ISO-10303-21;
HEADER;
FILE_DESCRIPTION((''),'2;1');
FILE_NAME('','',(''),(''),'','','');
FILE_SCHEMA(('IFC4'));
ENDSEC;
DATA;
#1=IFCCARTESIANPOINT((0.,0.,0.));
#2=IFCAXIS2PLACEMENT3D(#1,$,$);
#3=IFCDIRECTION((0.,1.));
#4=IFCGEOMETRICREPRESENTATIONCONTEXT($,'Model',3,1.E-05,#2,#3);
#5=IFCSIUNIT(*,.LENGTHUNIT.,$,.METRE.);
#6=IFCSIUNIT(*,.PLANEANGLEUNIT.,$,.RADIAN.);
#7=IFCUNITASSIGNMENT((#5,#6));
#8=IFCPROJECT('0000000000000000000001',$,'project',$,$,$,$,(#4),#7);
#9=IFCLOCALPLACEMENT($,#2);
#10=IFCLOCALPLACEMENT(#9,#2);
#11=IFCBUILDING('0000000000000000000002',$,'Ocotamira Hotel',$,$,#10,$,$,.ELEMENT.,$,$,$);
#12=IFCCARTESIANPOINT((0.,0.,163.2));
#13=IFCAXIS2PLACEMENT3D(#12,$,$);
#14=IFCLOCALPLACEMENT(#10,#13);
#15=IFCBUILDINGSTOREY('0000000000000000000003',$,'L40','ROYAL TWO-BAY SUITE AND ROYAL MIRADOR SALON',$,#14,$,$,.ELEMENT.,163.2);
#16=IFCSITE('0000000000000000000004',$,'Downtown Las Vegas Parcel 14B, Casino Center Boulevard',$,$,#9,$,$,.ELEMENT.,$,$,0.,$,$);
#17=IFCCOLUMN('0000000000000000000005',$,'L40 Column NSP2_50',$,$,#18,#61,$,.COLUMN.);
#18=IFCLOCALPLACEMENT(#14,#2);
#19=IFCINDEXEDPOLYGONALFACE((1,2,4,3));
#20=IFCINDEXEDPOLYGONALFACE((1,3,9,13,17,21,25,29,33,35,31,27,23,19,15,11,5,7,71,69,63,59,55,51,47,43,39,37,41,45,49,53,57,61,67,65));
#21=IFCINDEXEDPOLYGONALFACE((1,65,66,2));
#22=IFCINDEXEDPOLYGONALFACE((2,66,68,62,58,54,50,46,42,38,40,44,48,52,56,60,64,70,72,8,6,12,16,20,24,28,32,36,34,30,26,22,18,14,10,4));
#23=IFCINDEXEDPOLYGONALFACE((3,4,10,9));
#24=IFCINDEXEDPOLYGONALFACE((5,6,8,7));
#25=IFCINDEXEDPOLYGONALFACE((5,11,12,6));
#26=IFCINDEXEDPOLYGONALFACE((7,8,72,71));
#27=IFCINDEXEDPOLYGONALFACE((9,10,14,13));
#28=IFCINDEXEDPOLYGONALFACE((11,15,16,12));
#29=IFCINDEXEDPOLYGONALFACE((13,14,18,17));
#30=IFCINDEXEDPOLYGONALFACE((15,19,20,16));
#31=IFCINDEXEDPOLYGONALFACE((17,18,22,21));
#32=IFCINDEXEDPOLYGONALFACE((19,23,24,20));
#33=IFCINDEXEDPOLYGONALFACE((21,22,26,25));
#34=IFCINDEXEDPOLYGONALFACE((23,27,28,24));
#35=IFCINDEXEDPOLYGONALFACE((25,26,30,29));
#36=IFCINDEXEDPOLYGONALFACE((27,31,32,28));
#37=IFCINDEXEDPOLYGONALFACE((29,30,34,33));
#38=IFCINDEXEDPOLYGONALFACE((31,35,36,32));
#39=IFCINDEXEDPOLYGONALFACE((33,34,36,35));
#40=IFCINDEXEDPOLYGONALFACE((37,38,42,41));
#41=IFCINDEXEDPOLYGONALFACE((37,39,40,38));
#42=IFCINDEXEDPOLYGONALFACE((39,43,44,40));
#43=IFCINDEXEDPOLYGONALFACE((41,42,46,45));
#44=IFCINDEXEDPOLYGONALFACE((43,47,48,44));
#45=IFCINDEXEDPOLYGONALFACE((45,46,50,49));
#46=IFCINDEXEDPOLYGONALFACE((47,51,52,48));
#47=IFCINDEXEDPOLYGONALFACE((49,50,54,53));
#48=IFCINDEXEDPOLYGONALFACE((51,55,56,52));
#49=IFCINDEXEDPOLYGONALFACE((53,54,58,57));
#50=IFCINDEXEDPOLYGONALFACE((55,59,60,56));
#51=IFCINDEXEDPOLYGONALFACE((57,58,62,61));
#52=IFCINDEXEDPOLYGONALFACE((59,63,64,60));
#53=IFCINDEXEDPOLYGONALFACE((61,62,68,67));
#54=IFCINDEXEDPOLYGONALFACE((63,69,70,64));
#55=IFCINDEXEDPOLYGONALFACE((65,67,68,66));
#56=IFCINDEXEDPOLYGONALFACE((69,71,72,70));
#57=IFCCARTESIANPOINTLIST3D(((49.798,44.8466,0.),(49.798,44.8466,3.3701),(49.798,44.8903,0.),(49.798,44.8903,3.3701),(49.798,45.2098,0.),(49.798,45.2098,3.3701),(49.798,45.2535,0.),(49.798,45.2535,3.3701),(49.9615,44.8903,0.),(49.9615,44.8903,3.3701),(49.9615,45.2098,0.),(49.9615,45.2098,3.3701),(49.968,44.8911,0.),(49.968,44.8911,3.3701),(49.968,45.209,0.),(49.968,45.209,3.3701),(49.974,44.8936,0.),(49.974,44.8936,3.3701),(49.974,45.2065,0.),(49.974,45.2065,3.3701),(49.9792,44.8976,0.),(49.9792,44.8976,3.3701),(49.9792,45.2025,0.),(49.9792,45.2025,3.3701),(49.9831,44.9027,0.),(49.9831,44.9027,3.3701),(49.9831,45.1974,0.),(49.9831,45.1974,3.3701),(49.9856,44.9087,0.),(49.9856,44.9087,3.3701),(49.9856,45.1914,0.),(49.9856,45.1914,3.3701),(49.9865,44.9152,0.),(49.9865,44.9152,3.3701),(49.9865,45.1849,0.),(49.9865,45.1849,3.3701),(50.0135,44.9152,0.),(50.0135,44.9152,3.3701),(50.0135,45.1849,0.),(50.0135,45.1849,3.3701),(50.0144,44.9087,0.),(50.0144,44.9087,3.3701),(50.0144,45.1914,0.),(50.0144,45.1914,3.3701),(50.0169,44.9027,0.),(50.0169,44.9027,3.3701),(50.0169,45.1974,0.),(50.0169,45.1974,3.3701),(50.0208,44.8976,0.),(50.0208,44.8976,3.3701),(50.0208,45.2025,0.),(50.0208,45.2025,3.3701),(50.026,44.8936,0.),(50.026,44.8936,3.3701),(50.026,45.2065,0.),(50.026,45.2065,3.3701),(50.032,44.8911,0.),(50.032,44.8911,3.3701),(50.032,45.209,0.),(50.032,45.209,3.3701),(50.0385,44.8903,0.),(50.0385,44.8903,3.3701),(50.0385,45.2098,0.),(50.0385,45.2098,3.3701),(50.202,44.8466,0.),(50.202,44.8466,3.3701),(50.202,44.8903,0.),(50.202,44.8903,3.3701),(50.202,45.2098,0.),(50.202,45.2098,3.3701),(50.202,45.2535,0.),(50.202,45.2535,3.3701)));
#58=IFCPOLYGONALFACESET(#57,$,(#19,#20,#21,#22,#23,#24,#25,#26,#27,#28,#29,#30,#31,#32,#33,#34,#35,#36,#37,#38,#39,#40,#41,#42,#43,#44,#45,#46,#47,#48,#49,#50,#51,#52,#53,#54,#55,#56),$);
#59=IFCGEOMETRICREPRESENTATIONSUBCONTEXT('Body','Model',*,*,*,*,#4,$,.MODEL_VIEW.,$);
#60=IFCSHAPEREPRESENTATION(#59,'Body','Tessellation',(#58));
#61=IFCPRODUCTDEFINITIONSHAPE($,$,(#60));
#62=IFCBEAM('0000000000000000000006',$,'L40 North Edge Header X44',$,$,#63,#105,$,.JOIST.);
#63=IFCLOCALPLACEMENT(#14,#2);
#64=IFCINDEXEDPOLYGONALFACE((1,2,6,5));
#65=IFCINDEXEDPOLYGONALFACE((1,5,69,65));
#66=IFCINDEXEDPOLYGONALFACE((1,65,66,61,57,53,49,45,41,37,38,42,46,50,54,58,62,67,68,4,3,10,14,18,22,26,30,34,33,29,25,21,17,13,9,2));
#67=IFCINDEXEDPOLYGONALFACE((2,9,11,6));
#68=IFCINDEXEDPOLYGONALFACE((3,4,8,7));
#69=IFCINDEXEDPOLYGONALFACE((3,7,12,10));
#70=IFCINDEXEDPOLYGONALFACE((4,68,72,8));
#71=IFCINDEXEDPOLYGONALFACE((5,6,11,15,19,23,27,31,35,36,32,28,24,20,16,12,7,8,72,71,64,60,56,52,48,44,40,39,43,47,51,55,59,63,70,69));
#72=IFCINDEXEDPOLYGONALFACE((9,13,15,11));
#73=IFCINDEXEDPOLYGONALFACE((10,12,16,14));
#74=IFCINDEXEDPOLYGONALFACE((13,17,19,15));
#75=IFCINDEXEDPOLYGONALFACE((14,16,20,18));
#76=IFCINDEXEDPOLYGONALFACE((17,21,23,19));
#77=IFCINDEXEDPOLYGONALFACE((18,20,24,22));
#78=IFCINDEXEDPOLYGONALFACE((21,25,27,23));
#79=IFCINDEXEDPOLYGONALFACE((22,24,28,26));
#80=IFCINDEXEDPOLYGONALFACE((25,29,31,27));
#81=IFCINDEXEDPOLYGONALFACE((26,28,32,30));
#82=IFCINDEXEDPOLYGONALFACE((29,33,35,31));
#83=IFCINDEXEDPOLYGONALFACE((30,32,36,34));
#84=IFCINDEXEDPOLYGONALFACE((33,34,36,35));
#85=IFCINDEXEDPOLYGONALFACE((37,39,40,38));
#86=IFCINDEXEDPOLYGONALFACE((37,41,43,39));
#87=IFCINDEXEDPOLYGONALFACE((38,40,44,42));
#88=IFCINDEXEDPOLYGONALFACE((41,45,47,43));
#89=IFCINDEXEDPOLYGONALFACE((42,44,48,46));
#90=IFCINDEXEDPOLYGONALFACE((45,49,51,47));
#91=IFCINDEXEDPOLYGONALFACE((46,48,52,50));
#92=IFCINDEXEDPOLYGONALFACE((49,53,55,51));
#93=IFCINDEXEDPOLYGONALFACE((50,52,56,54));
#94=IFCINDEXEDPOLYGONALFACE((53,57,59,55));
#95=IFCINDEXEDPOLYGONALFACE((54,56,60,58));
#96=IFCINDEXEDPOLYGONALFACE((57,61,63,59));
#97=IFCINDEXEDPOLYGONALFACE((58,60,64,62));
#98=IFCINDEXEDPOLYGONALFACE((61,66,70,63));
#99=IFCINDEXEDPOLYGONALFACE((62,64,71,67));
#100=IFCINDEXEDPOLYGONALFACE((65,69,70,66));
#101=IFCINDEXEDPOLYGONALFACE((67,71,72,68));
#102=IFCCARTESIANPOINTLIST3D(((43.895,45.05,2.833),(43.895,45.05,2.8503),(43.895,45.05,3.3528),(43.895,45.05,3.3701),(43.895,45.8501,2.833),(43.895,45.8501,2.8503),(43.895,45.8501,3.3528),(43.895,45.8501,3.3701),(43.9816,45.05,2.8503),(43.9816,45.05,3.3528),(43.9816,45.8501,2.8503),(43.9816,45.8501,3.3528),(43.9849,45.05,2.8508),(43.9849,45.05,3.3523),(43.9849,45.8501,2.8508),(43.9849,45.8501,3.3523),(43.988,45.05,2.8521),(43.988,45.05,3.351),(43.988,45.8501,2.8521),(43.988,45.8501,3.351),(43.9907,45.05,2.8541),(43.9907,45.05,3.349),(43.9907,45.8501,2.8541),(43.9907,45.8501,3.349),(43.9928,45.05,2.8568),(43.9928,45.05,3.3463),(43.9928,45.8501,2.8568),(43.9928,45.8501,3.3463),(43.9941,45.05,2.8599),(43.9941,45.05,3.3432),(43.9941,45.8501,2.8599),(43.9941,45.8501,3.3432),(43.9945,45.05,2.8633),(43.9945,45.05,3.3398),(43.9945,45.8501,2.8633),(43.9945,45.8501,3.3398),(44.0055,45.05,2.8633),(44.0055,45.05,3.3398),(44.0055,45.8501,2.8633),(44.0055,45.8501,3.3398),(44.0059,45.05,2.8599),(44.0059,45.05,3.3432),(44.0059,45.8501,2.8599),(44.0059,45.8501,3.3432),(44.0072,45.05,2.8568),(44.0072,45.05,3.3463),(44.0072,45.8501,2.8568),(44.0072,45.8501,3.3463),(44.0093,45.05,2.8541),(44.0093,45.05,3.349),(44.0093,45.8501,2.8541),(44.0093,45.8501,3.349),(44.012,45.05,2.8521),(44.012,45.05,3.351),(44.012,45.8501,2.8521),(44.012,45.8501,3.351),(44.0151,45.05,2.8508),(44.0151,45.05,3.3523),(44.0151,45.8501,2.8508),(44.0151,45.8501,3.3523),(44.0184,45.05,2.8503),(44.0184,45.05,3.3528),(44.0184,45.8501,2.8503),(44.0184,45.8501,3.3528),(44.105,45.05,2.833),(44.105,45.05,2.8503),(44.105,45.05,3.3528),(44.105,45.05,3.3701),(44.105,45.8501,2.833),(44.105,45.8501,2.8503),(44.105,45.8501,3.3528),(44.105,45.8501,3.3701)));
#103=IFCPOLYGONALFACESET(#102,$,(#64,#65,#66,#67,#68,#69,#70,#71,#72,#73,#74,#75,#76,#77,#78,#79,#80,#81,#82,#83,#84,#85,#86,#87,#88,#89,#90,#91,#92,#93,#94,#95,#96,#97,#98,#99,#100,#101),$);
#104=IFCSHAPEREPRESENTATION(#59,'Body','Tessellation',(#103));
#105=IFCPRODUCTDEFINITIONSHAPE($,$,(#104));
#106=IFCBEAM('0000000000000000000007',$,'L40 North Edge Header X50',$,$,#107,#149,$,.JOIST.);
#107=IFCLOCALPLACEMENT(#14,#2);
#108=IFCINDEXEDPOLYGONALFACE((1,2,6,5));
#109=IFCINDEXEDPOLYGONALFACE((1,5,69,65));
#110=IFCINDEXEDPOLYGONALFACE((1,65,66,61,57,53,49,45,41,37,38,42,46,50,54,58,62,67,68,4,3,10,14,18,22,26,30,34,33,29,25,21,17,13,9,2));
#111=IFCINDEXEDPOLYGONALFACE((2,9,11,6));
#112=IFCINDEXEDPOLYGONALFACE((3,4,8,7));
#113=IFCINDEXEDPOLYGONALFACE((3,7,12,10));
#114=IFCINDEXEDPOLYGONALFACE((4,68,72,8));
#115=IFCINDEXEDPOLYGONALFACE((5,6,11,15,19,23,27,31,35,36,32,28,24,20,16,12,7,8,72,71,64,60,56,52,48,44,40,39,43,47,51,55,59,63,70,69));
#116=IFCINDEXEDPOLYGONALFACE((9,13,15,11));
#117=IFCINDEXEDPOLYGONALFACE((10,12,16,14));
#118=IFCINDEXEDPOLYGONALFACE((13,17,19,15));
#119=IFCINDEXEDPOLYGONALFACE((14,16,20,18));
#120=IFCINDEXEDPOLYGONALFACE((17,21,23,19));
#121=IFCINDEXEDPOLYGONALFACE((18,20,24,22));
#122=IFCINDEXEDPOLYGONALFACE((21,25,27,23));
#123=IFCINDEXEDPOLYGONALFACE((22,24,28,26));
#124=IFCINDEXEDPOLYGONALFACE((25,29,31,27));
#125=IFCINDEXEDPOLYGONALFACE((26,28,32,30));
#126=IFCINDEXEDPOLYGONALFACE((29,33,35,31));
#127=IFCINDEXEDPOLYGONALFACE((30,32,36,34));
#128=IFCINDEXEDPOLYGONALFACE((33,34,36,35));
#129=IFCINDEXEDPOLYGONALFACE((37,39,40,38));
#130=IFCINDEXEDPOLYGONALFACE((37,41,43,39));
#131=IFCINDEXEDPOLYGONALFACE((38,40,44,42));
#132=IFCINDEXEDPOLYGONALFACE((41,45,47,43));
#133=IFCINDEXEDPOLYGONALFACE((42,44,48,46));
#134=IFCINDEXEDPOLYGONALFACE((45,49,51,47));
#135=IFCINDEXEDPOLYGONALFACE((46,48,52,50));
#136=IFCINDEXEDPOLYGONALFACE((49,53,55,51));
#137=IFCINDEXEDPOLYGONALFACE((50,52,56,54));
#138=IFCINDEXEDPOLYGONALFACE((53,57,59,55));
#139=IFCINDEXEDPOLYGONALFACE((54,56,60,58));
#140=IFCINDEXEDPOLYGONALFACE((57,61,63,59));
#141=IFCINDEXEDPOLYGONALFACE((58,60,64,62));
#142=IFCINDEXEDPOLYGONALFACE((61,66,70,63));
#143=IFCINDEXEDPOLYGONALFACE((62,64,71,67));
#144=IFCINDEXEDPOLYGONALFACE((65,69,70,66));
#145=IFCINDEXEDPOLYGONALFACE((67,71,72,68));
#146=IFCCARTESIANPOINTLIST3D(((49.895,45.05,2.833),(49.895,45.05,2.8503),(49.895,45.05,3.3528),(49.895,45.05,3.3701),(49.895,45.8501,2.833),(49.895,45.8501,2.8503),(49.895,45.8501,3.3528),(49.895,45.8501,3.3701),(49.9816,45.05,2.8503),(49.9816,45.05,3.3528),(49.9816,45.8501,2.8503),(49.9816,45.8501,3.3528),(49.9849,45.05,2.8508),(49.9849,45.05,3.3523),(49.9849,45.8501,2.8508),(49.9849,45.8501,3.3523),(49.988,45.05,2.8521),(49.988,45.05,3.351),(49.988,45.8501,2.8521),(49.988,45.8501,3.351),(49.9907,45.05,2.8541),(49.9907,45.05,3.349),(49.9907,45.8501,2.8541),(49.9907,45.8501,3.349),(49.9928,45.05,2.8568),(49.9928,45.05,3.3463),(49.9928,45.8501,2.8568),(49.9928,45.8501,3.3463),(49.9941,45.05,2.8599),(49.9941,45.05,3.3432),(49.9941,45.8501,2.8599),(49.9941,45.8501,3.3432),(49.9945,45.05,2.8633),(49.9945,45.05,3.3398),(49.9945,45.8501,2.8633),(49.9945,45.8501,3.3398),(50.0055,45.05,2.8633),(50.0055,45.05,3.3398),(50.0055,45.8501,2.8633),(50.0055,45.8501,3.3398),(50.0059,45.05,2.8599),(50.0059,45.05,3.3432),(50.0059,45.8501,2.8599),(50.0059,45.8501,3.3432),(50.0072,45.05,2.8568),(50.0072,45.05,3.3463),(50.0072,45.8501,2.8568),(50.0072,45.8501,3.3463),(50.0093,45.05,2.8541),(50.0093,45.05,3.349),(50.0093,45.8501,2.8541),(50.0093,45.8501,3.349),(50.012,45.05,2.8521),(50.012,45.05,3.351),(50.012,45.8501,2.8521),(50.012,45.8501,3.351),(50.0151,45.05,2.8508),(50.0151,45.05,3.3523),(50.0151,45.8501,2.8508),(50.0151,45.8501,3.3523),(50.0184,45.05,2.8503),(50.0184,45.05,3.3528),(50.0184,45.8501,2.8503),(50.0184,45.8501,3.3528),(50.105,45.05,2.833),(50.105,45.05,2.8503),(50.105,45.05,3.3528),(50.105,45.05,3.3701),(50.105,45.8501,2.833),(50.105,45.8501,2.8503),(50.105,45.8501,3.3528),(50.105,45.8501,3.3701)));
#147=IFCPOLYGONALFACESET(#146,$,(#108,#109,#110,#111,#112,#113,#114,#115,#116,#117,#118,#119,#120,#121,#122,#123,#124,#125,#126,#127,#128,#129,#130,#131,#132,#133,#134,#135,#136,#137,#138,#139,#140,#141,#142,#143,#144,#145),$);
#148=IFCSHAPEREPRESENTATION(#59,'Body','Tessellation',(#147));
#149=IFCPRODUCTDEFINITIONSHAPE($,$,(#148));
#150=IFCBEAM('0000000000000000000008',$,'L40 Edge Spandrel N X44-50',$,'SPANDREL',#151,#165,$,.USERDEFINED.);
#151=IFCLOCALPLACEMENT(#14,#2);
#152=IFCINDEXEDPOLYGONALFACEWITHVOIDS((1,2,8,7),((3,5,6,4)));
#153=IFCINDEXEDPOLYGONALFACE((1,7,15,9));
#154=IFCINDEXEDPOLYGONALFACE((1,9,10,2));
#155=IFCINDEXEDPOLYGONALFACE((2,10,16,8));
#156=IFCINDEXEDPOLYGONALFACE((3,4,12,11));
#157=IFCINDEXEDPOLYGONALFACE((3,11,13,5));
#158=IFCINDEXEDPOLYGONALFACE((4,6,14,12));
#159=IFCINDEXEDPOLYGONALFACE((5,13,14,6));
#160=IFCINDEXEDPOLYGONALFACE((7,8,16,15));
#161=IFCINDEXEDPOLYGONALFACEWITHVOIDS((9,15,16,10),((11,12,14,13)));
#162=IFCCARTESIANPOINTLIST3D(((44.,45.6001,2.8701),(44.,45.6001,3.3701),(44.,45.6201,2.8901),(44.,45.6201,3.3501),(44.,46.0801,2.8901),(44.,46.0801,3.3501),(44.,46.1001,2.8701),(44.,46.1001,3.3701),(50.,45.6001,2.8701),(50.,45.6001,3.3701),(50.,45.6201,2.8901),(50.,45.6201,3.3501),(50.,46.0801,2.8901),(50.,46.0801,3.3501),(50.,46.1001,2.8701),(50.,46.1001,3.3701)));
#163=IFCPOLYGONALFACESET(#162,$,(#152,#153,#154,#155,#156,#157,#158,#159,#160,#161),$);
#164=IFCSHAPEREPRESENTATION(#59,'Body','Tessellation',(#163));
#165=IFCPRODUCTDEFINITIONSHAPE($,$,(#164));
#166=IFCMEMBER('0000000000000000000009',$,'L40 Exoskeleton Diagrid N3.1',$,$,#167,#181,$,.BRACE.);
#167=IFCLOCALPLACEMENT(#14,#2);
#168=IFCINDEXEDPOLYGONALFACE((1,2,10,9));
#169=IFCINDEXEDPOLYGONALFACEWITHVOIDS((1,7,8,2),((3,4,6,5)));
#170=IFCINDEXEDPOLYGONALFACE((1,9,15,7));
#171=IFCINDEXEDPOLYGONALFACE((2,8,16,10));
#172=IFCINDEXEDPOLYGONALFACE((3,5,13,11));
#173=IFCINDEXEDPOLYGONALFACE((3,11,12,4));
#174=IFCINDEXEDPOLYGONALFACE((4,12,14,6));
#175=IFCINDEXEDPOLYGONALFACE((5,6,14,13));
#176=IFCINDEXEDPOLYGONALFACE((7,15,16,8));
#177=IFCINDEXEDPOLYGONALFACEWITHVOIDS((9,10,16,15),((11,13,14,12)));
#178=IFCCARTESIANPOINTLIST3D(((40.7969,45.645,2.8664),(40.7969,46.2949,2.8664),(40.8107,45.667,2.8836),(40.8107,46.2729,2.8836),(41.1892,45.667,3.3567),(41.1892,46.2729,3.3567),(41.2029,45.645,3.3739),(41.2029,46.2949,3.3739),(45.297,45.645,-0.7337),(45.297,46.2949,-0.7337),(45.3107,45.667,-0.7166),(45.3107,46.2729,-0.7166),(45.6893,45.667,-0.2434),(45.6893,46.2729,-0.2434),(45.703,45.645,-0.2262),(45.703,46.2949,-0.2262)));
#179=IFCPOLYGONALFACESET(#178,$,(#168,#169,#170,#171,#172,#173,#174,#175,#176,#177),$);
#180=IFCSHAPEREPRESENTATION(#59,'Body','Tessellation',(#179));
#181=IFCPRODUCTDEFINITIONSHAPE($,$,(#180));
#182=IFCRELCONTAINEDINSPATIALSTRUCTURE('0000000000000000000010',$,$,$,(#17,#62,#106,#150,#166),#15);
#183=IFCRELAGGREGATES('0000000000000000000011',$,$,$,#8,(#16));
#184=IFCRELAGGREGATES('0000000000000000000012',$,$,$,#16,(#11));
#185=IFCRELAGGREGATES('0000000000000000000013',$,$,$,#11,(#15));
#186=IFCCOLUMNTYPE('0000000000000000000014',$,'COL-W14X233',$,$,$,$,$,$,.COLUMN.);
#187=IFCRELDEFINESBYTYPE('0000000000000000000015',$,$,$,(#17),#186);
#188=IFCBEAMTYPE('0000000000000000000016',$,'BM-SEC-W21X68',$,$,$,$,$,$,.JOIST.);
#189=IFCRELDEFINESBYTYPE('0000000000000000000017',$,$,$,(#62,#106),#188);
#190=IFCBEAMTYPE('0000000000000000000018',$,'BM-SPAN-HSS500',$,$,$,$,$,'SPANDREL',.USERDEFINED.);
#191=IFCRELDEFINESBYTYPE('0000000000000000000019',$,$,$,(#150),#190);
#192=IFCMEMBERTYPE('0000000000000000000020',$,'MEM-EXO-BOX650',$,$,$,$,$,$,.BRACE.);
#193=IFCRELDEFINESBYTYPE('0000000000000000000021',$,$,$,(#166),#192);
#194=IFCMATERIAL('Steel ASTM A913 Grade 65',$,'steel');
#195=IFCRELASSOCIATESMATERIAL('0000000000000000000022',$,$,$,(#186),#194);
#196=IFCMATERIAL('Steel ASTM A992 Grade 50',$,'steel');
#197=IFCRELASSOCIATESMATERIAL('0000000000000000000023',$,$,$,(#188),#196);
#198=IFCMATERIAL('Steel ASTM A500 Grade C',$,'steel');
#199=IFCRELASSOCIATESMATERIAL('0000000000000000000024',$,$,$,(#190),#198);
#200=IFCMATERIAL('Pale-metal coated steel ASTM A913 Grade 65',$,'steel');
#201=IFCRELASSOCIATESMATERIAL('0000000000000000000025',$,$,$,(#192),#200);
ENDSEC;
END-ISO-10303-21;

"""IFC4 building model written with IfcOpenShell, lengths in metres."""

from ifc_helpers import new_model, si_unit, direction, frame, origin, origin_2d, place, context, subcontext, project, spatial, hollow_rectangle, i_section, extrude, source, transform, mapped, material, material_profile, profile_set, type_object, element, save


model = new_model("IFC4")

# Units and contexts
model_context = context("Model", 3, precision=1e-05, world=origin(), true_north=direction((0.0, 1.0)))
body_context = subcontext(model_context, "Body", "Model", "MODEL_VIEW")
ifc_project = project(units=[si_unit("LENGTHUNIT", "METRE"), si_unit("PLANEANGLEUNIT", "RADIAN")], contexts=[model_context])

# Site, building, storey
site_placement = place(None, origin())
site = spatial("IfcSite", under=ifc_project, at=site_placement, Name="Downtown Las Vegas Parcel 14B, Casino Center Boulevard", CompositionType="ELEMENT", RefElevation=0.0)
building_placement = place(site_placement, origin())
building = spatial("IfcBuilding", under=site, at=building_placement, Name="Ocotamira Hotel", CompositionType="ELEMENT")
storey_placement = place(building_placement, frame((0.0, 0.0, 163.2)))
storey = spatial("IfcBuildingStorey", under=building, at=storey_placement, Name="L40", Description="ROYAL TWO-BAY SUITE AND ROYAL MIRADOR SALON", CompositionType="ELEMENT", Elevation=163.2)

# Column
ifc_material_1 = material(Name="Steel ASTM A913 Grade 65", Category="steel")
ifc_material_profile_1 = material_profile(ifc_material_1, i_section(OverallWidth=0.4041, OverallDepth=0.407, WebThickness=0.0271, FlangeThickness=0.0437, FilletRadius=0.0249, at=origin_2d()), Name="W14X233")
ifc_profile_set_1 = profile_set([ifc_material_profile_1], Name="Steel ASTM A913 Grade 65")
column_type = type_object("IfcColumnType", Name="COL-W14X233", PredefinedType="COLUMN", material=ifc_profile_set_1)
shared_shape_1 = source(origin(), body_context, "Body", "SweptSolid", [
    extrude(i_section(OverallWidth=0.4041, OverallDepth=0.407, WebThickness=0.0271, FlangeThickness=0.0437, FilletRadius=0.0249, at=origin_2d()), origin(), (0.0, 0.0, 1.0), 3.3701),
])
column_placement = place(storey_placement, frame((50.0, 45.05, 0.0), z_axis=(0.0, 0.0, 1.0), x_axis=(1.0, 0.0, 0.0)))
element("IfcColumn", 1, at=column_placement, inside=storey, type_object=column_type, Name="L40 Column NSP2_50", PredefinedType="COLUMN", context=body_context, shape_type="MappedRepresentation", body=[
    mapped(shared_shape_1, transform((0.0, 0.0, 0.0), scale=1.0)),
])

# Beams
ifc_material_2 = material(Name="Steel ASTM A992 Grade 50", Category="steel")
ifc_material_profile_2 = material_profile(ifc_material_2, i_section(OverallWidth=0.21, OverallDepth=0.5371, WebThickness=0.011, FlangeThickness=0.0173, FilletRadius=0.0129, at=origin_2d()), Name="W21X68")
ifc_profile_set_2 = profile_set([ifc_material_profile_2], Name="Steel ASTM A992 Grade 50")
beam_type_1 = type_object("IfcBeamType", Name="BM-SEC-W21X68", PredefinedType="JOIST", material=ifc_profile_set_2)
shared_shape_2 = source(origin(), body_context, "Body", "SweptSolid", [
    extrude(i_section(OverallWidth=0.21, OverallDepth=0.5371, WebThickness=0.011, FlangeThickness=0.0173, FilletRadius=0.0129, at=origin_2d()), origin(), (0.0, 0.0, 1.0), 0.8),
])
for number, where, z_axis, x_axis, name in (
    (2, (44.0, 45.05, 3.1016), (0.0, 1.0, 0.0), (-1.0, 0.0, 0.0), "L40 North Edge Header X44"),
    (3, (50.0, 45.05, 3.1016), (0.0, 1.0, 0.0), (-1.0, 0.0, 0.0), "L40 North Edge Header X50"),
):
    element("IfcBeam", number, at=place(storey_placement, frame(where, z_axis=z_axis, x_axis=x_axis)), inside=storey, type_object=beam_type_1, Name=name, PredefinedType="JOIST", context=body_context, shape_type="MappedRepresentation", body=[
        mapped(shared_shape_2, transform((0.0, 0.0, 0.0), scale=1.0)),
    ])
ifc_material_3 = material(Name="Steel ASTM A500 Grade C", Category="steel")
ifc_material_profile_3 = material_profile(ifc_material_3, hollow_rectangle(XDim=0.5, YDim=0.5, WallThickness=0.02, at=origin_2d()), Name="HSS500X500X20")
ifc_profile_set_3 = profile_set([ifc_material_profile_3], Name="Steel ASTM A500 Grade C")
beam_type_2 = type_object("IfcBeamType", Name="BM-SPAN-HSS500", ElementType="SPANDREL", PredefinedType="USERDEFINED", material=ifc_profile_set_3)
shared_shape_3 = source(origin(), body_context, "Body", "SweptSolid", [
    extrude(hollow_rectangle(XDim=0.5, YDim=0.5, WallThickness=0.02, at=origin_2d()), origin(), (0.0, 0.0, 1.0), 6.0),
])
beam_placement = place(storey_placement, frame((44.0, 45.8501, 3.1201), z_axis=(1.0, 0.0, 0.0), x_axis=(0.0, 1.0, 0.0)))
element("IfcBeam", 4, at=beam_placement, inside=storey, type_object=beam_type_2, Name="L40 Edge Spandrel N X44-50", ObjectType="SPANDREL", PredefinedType="USERDEFINED", context=body_context, shape_type="MappedRepresentation", body=[
    mapped(shared_shape_3, transform((0.0, 0.0, 0.0), scale=1.0)),
])

# Member
ifc_material_4 = material(Name="Pale-metal coated steel ASTM A913 Grade 65", Category="steel")
ifc_material_profile_4 = material_profile(ifc_material_4, hollow_rectangle(XDim=0.6499, YDim=0.6499, WallThickness=0.022, at=origin_2d()), Name="BOX650X650X22")
ifc_profile_set_4 = profile_set([ifc_material_profile_4], Name="Pale-metal coated steel ASTM A913 Grade 65")
member_type_1 = type_object("IfcMemberType", Name="MEM-EXO-BOX650", PredefinedType="BRACE", material=ifc_profile_set_4)
shared_shape_4 = source(origin(), body_context, "Body", "SweptSolid", [
    extrude(hollow_rectangle(XDim=0.6499, YDim=0.6499, WallThickness=0.022, at=origin_2d()), origin(), (0.0, 0.0, 1.0), 5.7629),
])
for number, where, z_axis, x_axis, name in (
    (5, (45.5, 45.97, -0.48), (-0.780861, 0.0, 0.624705), (0.0, -1.0, 0.0), "L40 Exoskeleton Diagrid N3.1"),
):
    element("IfcMember", number, at=place(storey_placement, frame(where, z_axis=z_axis, x_axis=x_axis)), inside=storey, type_object=member_type_1, Name=name, PredefinedType="BRACE", context=body_context, shape_type="MappedRepresentation", body=[
        mapped(shared_shape_4, transform((0.0, 0.0, 0.0), scale=1.0)),
    ])

save(model, "model.ifc")
